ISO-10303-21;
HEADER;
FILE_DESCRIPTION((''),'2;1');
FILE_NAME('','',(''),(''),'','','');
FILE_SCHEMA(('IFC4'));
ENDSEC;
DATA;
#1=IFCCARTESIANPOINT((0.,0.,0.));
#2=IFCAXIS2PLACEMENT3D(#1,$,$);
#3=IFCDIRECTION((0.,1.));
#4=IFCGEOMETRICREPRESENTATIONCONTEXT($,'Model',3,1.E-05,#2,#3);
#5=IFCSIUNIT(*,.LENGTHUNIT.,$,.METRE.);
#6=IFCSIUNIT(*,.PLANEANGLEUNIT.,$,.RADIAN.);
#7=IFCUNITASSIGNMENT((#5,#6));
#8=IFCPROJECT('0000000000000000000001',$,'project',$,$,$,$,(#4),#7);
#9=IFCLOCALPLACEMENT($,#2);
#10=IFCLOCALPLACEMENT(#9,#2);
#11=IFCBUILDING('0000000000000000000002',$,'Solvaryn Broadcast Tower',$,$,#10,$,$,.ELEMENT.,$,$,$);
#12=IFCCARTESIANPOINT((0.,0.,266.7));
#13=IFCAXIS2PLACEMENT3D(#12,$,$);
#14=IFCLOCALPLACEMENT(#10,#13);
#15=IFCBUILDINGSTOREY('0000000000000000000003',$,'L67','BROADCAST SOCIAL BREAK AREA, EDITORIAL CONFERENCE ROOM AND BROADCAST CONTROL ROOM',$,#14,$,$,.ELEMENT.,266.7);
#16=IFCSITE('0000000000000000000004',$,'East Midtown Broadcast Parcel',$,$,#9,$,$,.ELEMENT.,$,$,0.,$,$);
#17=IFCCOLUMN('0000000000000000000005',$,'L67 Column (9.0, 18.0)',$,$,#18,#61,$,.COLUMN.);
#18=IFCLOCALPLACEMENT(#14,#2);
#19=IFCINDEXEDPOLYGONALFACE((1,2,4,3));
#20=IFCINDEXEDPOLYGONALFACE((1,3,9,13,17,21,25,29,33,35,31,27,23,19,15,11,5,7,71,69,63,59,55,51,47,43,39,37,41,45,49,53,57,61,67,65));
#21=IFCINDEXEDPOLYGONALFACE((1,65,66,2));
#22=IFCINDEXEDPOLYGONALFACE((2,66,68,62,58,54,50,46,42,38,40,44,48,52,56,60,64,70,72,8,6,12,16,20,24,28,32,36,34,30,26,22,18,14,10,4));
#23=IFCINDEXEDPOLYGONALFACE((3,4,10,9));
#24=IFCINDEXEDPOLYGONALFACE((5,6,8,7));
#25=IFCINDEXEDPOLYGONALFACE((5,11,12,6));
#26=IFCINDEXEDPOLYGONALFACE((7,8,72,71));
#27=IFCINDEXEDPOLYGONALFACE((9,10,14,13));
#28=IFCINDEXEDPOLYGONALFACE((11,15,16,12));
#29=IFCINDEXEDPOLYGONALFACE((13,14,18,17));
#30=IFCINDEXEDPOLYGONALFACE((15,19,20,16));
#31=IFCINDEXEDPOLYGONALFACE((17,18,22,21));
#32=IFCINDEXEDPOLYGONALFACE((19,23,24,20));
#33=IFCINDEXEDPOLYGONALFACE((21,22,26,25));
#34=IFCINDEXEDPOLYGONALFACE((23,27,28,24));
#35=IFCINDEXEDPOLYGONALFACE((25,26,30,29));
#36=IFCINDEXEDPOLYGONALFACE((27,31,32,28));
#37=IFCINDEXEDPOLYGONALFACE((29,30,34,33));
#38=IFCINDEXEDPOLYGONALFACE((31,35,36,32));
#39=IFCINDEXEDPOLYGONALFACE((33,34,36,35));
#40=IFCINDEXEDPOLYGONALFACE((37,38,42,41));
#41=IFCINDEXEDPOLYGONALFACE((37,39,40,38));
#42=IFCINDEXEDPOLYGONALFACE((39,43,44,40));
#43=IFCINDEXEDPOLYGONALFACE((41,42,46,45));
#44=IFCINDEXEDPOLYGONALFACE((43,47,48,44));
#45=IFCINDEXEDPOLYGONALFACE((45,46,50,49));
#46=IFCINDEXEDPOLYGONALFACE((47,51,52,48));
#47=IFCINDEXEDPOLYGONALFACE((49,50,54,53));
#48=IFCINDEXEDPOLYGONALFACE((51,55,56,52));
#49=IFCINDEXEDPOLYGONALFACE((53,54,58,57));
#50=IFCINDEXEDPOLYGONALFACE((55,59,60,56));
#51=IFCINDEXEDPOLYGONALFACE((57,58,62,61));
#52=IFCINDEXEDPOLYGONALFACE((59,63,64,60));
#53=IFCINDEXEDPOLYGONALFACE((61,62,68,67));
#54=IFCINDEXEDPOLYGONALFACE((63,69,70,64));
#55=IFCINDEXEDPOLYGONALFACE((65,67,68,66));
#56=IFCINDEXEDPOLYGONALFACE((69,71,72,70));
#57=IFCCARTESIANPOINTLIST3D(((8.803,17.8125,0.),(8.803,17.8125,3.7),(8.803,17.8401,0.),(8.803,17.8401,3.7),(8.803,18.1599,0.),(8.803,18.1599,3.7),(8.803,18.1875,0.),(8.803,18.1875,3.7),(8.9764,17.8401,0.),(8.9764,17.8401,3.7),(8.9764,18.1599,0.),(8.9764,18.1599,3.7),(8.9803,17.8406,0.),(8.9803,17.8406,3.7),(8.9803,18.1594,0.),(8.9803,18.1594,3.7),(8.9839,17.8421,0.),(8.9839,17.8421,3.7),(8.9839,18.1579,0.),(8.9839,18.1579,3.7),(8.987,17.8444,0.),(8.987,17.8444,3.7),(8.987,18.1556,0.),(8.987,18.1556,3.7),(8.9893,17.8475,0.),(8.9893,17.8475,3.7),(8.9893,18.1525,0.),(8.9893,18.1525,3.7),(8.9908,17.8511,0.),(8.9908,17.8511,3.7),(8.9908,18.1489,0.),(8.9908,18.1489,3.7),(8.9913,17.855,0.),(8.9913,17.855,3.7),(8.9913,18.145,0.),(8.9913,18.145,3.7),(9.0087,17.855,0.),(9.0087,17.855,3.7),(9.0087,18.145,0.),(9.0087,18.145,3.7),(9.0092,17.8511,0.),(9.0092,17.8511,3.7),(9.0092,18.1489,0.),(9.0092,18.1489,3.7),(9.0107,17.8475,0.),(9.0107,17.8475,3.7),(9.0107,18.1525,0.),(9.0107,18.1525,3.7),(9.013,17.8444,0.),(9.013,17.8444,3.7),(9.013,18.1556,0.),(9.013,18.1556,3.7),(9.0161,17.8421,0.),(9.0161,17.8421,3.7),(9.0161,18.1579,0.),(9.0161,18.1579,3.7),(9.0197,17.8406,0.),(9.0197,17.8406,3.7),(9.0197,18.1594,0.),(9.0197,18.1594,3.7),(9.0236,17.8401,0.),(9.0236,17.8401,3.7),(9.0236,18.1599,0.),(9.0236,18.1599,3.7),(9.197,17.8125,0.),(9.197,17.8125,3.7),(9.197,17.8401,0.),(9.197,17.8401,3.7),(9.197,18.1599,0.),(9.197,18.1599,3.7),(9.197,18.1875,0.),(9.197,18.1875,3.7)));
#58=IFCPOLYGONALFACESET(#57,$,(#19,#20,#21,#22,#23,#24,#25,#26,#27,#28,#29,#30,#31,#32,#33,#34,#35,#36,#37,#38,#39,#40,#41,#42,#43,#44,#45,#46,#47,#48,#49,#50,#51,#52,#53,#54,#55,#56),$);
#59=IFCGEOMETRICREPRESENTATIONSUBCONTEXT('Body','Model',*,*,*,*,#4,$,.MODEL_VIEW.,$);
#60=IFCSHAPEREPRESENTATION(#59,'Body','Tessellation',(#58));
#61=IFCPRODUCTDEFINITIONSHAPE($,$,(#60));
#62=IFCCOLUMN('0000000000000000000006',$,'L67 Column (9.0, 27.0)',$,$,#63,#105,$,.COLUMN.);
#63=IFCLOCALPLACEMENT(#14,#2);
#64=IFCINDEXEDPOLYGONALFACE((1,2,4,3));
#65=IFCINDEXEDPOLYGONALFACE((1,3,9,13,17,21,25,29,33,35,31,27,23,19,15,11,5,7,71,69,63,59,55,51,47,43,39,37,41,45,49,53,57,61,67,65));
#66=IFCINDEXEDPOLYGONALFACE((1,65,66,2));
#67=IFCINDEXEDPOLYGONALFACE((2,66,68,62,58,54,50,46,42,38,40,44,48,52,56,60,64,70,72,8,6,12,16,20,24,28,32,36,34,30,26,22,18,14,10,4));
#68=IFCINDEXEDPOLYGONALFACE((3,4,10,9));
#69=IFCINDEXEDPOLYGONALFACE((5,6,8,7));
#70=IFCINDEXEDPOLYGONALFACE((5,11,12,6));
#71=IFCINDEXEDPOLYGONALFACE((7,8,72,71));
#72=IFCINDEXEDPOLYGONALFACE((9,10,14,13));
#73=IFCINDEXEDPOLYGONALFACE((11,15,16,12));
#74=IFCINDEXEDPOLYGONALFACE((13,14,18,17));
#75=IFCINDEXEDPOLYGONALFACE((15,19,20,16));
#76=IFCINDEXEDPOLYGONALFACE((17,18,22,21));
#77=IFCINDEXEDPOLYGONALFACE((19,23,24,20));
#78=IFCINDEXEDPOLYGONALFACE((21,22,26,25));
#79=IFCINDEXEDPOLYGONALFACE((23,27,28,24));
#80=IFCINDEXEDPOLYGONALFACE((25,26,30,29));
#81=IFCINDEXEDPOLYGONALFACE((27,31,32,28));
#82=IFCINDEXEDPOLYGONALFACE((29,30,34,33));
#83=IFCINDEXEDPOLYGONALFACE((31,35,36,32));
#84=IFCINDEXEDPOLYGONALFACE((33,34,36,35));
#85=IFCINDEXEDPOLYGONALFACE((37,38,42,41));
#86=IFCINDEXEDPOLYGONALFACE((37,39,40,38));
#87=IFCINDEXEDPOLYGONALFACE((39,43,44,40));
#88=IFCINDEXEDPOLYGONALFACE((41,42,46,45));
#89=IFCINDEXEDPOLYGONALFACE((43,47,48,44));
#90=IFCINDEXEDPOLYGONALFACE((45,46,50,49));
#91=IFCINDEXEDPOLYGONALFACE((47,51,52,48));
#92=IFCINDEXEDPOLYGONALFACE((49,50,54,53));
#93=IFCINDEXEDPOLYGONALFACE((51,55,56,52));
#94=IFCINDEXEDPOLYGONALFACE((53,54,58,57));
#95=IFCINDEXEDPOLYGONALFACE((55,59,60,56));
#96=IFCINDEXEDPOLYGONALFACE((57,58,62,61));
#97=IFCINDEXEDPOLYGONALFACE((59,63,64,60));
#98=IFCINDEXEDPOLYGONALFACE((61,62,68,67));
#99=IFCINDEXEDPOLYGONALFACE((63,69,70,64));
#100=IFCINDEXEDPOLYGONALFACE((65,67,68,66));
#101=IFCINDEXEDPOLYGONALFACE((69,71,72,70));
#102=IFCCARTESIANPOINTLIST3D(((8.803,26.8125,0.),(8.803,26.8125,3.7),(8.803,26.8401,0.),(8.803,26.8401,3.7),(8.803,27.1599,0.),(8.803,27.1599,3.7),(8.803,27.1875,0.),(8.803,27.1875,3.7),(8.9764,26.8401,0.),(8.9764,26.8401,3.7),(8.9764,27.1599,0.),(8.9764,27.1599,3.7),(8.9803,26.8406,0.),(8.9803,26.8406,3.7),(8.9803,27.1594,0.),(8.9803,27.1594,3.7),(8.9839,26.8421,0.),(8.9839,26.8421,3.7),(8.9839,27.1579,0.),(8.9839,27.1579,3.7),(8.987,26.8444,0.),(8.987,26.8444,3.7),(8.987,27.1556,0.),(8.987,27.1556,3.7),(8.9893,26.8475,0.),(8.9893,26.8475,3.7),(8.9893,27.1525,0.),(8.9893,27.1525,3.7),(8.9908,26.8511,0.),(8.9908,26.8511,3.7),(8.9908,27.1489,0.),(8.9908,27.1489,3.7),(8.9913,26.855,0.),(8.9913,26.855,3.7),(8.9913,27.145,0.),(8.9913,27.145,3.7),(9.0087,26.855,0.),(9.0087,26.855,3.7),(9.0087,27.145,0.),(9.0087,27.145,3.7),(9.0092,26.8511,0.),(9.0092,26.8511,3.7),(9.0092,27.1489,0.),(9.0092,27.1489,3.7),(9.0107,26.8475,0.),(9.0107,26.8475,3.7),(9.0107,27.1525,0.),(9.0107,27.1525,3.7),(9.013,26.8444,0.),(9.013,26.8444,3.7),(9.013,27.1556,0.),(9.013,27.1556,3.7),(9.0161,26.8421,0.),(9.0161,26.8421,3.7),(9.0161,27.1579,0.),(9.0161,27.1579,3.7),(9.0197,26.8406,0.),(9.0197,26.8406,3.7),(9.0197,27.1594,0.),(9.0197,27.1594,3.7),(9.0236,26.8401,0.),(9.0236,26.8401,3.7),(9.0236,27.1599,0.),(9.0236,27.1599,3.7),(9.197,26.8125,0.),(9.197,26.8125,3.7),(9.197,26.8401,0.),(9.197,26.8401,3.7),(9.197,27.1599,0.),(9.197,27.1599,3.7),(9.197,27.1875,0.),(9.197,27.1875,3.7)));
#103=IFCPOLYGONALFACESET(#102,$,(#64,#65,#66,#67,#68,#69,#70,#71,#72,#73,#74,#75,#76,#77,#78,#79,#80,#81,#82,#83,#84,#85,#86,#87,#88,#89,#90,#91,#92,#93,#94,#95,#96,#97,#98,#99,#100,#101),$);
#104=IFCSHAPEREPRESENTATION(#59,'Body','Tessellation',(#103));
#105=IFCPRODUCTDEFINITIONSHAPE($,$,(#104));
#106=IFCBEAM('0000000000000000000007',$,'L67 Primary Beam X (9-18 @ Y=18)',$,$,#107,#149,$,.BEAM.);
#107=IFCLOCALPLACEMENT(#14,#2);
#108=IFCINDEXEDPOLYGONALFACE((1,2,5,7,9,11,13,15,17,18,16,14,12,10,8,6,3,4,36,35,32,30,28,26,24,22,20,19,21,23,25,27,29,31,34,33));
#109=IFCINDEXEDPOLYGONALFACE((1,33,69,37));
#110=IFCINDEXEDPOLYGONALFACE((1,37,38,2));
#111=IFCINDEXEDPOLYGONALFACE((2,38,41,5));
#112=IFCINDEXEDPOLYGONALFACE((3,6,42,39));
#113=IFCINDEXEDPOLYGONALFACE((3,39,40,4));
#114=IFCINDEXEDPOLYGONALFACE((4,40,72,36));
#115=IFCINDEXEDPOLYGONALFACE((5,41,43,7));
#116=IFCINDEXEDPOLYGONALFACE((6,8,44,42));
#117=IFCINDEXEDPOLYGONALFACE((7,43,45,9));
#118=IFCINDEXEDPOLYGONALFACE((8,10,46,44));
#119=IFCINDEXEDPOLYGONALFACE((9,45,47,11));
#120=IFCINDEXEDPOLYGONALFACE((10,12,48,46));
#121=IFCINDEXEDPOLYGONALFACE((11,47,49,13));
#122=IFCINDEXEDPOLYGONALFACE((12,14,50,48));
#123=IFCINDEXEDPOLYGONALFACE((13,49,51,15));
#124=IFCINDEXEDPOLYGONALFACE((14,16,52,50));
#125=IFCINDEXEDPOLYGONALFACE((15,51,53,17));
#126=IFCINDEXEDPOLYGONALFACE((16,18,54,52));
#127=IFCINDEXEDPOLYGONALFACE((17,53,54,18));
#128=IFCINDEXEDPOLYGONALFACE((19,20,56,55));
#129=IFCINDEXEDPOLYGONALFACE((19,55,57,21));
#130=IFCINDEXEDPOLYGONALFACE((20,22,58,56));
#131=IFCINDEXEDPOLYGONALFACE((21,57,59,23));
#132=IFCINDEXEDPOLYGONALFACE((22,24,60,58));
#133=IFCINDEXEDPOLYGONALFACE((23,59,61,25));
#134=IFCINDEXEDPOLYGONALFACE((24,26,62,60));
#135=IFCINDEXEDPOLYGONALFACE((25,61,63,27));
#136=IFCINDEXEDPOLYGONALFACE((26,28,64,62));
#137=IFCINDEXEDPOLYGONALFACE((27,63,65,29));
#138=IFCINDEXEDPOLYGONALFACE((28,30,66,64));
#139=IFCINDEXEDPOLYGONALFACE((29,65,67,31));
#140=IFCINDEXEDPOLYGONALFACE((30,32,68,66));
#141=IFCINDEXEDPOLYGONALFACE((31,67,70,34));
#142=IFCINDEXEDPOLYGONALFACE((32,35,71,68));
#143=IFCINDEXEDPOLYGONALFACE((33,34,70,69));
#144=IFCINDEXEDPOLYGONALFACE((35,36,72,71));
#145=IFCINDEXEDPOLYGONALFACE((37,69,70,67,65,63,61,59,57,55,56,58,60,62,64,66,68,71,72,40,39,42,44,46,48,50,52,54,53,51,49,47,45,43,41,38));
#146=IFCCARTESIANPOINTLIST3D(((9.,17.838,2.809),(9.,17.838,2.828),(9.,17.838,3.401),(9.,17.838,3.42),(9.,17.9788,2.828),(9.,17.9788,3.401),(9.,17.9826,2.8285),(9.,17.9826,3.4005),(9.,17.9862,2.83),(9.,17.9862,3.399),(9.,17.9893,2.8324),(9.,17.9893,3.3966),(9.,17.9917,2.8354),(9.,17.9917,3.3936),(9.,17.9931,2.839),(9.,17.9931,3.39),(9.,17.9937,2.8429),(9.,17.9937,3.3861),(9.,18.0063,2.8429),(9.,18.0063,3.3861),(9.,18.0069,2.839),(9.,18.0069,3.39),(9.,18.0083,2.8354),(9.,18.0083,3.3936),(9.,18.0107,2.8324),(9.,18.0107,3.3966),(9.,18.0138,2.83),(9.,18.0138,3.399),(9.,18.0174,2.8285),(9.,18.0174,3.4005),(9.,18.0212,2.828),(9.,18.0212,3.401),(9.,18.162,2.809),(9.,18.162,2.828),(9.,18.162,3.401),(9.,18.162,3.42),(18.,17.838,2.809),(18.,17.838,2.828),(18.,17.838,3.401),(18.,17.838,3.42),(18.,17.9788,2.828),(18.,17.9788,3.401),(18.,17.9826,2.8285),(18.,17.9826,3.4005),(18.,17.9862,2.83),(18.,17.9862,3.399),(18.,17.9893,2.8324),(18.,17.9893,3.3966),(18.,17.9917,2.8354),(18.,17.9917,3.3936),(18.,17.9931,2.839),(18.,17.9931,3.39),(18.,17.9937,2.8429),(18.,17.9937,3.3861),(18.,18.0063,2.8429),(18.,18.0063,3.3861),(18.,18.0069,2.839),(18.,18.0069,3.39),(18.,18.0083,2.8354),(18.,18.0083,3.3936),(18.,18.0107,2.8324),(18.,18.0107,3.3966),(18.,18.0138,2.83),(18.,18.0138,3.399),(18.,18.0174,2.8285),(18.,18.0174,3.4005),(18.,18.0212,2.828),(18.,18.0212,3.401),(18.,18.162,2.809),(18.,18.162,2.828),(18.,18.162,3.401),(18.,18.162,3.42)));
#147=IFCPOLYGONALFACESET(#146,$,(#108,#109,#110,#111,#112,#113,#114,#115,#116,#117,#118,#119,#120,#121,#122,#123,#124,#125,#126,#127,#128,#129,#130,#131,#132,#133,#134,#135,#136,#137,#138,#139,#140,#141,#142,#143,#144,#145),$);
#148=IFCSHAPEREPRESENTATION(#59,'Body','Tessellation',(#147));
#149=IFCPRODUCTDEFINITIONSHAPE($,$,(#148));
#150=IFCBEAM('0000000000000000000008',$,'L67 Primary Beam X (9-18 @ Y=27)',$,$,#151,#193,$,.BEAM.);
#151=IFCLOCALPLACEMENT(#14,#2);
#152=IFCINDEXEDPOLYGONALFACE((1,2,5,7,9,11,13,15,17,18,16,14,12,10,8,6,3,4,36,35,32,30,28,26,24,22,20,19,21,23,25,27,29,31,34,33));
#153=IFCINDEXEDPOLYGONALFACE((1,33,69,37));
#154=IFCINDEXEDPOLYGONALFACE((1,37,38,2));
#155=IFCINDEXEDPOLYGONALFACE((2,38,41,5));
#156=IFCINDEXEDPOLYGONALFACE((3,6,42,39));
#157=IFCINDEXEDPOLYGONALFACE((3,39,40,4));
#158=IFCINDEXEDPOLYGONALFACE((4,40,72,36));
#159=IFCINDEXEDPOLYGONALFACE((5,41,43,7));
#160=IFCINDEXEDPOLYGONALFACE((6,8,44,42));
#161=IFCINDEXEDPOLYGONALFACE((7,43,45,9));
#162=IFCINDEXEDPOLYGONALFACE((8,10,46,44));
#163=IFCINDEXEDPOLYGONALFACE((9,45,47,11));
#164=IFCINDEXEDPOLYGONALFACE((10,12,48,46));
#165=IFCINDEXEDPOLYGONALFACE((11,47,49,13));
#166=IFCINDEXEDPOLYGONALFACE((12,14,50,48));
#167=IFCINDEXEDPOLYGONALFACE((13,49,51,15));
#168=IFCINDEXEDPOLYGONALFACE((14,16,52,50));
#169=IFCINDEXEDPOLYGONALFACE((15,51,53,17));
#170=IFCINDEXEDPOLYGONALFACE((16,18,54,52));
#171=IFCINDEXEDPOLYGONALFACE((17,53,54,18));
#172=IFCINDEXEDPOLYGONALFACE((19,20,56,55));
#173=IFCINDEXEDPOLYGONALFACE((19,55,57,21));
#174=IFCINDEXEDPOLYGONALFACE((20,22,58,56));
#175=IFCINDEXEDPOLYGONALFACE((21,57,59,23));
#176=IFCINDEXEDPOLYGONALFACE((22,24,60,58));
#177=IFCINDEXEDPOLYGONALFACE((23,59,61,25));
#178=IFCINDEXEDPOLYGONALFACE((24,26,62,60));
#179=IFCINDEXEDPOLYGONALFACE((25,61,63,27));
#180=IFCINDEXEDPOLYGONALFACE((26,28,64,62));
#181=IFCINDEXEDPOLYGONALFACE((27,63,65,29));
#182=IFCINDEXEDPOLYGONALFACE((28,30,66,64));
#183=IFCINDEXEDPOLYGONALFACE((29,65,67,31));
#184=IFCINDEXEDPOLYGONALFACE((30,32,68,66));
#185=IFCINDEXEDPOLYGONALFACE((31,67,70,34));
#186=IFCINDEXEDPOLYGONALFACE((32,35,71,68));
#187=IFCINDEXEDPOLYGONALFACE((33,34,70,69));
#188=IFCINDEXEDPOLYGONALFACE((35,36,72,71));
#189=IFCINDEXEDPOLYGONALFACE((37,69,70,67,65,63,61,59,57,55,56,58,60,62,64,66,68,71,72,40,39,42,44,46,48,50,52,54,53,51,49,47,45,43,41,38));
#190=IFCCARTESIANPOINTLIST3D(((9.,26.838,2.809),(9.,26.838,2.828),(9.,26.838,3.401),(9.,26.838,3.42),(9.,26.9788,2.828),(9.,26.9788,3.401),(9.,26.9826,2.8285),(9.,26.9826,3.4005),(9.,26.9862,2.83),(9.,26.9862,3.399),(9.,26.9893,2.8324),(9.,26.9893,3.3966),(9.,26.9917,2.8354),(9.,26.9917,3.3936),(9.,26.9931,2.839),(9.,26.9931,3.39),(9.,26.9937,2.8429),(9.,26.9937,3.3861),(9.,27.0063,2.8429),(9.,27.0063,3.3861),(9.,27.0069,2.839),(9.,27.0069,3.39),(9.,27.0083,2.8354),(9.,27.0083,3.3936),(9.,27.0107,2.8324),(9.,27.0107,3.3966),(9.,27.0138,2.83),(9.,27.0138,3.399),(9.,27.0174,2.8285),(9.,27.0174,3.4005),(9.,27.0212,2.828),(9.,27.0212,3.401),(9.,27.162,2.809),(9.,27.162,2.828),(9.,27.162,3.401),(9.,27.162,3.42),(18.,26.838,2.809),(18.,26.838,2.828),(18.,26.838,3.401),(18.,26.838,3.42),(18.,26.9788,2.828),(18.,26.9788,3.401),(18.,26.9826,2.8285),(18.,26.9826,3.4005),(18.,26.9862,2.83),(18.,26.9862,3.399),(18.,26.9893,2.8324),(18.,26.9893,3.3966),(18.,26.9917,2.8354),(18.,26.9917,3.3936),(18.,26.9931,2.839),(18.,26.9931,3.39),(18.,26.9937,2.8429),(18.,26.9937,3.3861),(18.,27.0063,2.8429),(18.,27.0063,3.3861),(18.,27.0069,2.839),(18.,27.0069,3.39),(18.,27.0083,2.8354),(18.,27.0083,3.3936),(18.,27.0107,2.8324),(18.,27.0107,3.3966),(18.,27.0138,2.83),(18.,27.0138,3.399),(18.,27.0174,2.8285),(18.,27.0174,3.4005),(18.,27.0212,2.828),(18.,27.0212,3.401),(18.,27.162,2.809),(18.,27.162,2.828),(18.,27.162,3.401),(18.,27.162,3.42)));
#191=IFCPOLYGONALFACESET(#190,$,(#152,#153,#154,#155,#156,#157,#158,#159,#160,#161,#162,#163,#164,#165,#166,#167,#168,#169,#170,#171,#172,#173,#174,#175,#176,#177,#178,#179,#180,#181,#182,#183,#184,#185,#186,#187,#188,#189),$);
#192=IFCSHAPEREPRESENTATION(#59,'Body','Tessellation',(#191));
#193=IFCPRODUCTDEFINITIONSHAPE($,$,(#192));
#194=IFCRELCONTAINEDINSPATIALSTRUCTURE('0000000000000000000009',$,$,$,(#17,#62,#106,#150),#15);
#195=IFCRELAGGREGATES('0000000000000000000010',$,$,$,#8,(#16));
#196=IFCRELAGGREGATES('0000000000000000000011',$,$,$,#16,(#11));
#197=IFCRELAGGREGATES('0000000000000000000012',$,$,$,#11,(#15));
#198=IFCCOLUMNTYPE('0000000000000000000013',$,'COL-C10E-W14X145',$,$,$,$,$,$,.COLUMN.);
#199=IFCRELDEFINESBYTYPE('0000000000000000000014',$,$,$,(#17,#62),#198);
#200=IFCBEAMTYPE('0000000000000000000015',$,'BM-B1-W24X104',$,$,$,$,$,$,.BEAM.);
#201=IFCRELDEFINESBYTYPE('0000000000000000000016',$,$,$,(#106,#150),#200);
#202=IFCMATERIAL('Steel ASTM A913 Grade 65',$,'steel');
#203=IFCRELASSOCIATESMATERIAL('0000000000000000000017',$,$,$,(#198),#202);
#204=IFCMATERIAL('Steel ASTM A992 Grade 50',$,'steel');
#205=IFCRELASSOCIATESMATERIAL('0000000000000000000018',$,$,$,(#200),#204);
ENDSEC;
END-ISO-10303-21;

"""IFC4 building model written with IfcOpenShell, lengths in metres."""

from ifc_helpers import new_model, si_unit, direction, frame, origin, origin_2d, place, context, subcontext, project, spatial, i_section, extrude, material, material_profile, profile_set, type_object, element, save


model = new_model("IFC4")

# Units and contexts
model_context = context("Model", 3, precision=1e-05, world=origin(), true_north=direction((0.0, 1.0)))
body_context = subcontext(model_context, "Body", "Model", "MODEL_VIEW")
ifc_project = project(units=[si_unit("LENGTHUNIT", "METRE"), si_unit("PLANEANGLEUNIT", "RADIAN")], contexts=[model_context])

# Site, building, storey
site_placement = place(None, origin())
site = spatial("IfcSite", under=ifc_project, at=site_placement, Name="East Midtown Broadcast Parcel", CompositionType="ELEMENT", RefElevation=0.0)
building_placement = place(site_placement, origin())
building = spatial("IfcBuilding", under=site, at=building_placement, Name="Solvaryn Broadcast Tower", CompositionType="ELEMENT")
storey_placement = place(building_placement, frame((0.0, 0.0, 266.7)))
storey = spatial("IfcBuildingStorey", under=building, at=storey_placement, Name="L67", Description="BROADCAST SOCIAL BREAK AREA, EDITORIAL CONFERENCE ROOM AND BROADCAST CONTROL ROOM", CompositionType="ELEMENT", Elevation=266.7)

# Columns
ifc_material_1 = material(Name="Steel ASTM A913 Grade 65", Category="steel")
ifc_material_profile_1 = material_profile(ifc_material_1, i_section(OverallWidth=0.394, OverallDepth=0.375, WebThickness=0.0173, FlangeThickness=0.0276, FilletRadius=0.0149, at=origin_2d()))
ifc_profile_set_1 = profile_set([ifc_material_profile_1], Name="Steel ASTM A913 Grade 65")
column_type = type_object("IfcColumnType", Name="COL-C10E-W14X145", PredefinedType="COLUMN", material=ifc_profile_set_1)
for number, where, z_axis, x_axis, name in (
    (1, (9.0, 18.0, 0.0), (0.0, 0.0, 1.0), (1.0, 0.0, 0.0), "L67 Column (9.0, 18.0)"),
    (2, (9.0, 27.0, 0.0), (0.0, 0.0, 1.0), (1.0, 0.0, 0.0), "L67 Column (9.0, 27.0)"),
):
    element("IfcColumn", number, at=place(storey_placement, frame(where, z_axis=z_axis, x_axis=x_axis)), inside=storey, type_object=column_type, Name=name, PredefinedType="COLUMN", context=body_context, shape_type="SweptSolid", body=[
        extrude(i_section(OverallWidth=0.394, OverallDepth=0.375, WebThickness=0.0173, FlangeThickness=0.0276, FilletRadius=0.0149, at=origin_2d()), origin(), (0.0, 0.0, 1.0), 3.7),
    ])

# Beams
ifc_material_2 = material(Name="Steel ASTM A992 Grade 50", Category="steel")
ifc_material_profile_2 = material_profile(ifc_material_2, i_section(OverallWidth=0.324, OverallDepth=0.6111, WebThickness=0.0127, FlangeThickness=0.019, FilletRadius=0.0149, at=origin_2d()))
ifc_profile_set_2 = profile_set([ifc_material_profile_2], Name="Steel ASTM A992 Grade 50")
beam_type_1 = type_object("IfcBeamType", Name="BM-B1-W24X104", PredefinedType="BEAM", material=ifc_profile_set_2)
for number, where, z_axis, x_axis, name in (
    (3, (9.0, 18.0, 3.1145), (1.0, 0.0, 0.0), (0.0, 1.0, 0.0), "L67 Primary Beam X (9-18 @ Y=18)"),
    (4, (9.0, 27.0, 3.1145), (1.0, 0.0, 0.0), (0.0, 1.0, 0.0), "L67 Primary Beam X (9-18 @ Y=27)"),
):
    element("IfcBeam", number, at=place(storey_placement, frame(where, z_axis=z_axis, x_axis=x_axis)), inside=storey, type_object=beam_type_1, Name=name, PredefinedType="BEAM", context=body_context, shape_type="SweptSolid", body=[
        extrude(i_section(OverallWidth=0.324, OverallDepth=0.6111, WebThickness=0.0127, FlangeThickness=0.019, FilletRadius=0.0149, at=origin_2d()), origin(), (0.0, 0.0, 1.0), 9.0),
    ])

save(model, "model.ifc")
